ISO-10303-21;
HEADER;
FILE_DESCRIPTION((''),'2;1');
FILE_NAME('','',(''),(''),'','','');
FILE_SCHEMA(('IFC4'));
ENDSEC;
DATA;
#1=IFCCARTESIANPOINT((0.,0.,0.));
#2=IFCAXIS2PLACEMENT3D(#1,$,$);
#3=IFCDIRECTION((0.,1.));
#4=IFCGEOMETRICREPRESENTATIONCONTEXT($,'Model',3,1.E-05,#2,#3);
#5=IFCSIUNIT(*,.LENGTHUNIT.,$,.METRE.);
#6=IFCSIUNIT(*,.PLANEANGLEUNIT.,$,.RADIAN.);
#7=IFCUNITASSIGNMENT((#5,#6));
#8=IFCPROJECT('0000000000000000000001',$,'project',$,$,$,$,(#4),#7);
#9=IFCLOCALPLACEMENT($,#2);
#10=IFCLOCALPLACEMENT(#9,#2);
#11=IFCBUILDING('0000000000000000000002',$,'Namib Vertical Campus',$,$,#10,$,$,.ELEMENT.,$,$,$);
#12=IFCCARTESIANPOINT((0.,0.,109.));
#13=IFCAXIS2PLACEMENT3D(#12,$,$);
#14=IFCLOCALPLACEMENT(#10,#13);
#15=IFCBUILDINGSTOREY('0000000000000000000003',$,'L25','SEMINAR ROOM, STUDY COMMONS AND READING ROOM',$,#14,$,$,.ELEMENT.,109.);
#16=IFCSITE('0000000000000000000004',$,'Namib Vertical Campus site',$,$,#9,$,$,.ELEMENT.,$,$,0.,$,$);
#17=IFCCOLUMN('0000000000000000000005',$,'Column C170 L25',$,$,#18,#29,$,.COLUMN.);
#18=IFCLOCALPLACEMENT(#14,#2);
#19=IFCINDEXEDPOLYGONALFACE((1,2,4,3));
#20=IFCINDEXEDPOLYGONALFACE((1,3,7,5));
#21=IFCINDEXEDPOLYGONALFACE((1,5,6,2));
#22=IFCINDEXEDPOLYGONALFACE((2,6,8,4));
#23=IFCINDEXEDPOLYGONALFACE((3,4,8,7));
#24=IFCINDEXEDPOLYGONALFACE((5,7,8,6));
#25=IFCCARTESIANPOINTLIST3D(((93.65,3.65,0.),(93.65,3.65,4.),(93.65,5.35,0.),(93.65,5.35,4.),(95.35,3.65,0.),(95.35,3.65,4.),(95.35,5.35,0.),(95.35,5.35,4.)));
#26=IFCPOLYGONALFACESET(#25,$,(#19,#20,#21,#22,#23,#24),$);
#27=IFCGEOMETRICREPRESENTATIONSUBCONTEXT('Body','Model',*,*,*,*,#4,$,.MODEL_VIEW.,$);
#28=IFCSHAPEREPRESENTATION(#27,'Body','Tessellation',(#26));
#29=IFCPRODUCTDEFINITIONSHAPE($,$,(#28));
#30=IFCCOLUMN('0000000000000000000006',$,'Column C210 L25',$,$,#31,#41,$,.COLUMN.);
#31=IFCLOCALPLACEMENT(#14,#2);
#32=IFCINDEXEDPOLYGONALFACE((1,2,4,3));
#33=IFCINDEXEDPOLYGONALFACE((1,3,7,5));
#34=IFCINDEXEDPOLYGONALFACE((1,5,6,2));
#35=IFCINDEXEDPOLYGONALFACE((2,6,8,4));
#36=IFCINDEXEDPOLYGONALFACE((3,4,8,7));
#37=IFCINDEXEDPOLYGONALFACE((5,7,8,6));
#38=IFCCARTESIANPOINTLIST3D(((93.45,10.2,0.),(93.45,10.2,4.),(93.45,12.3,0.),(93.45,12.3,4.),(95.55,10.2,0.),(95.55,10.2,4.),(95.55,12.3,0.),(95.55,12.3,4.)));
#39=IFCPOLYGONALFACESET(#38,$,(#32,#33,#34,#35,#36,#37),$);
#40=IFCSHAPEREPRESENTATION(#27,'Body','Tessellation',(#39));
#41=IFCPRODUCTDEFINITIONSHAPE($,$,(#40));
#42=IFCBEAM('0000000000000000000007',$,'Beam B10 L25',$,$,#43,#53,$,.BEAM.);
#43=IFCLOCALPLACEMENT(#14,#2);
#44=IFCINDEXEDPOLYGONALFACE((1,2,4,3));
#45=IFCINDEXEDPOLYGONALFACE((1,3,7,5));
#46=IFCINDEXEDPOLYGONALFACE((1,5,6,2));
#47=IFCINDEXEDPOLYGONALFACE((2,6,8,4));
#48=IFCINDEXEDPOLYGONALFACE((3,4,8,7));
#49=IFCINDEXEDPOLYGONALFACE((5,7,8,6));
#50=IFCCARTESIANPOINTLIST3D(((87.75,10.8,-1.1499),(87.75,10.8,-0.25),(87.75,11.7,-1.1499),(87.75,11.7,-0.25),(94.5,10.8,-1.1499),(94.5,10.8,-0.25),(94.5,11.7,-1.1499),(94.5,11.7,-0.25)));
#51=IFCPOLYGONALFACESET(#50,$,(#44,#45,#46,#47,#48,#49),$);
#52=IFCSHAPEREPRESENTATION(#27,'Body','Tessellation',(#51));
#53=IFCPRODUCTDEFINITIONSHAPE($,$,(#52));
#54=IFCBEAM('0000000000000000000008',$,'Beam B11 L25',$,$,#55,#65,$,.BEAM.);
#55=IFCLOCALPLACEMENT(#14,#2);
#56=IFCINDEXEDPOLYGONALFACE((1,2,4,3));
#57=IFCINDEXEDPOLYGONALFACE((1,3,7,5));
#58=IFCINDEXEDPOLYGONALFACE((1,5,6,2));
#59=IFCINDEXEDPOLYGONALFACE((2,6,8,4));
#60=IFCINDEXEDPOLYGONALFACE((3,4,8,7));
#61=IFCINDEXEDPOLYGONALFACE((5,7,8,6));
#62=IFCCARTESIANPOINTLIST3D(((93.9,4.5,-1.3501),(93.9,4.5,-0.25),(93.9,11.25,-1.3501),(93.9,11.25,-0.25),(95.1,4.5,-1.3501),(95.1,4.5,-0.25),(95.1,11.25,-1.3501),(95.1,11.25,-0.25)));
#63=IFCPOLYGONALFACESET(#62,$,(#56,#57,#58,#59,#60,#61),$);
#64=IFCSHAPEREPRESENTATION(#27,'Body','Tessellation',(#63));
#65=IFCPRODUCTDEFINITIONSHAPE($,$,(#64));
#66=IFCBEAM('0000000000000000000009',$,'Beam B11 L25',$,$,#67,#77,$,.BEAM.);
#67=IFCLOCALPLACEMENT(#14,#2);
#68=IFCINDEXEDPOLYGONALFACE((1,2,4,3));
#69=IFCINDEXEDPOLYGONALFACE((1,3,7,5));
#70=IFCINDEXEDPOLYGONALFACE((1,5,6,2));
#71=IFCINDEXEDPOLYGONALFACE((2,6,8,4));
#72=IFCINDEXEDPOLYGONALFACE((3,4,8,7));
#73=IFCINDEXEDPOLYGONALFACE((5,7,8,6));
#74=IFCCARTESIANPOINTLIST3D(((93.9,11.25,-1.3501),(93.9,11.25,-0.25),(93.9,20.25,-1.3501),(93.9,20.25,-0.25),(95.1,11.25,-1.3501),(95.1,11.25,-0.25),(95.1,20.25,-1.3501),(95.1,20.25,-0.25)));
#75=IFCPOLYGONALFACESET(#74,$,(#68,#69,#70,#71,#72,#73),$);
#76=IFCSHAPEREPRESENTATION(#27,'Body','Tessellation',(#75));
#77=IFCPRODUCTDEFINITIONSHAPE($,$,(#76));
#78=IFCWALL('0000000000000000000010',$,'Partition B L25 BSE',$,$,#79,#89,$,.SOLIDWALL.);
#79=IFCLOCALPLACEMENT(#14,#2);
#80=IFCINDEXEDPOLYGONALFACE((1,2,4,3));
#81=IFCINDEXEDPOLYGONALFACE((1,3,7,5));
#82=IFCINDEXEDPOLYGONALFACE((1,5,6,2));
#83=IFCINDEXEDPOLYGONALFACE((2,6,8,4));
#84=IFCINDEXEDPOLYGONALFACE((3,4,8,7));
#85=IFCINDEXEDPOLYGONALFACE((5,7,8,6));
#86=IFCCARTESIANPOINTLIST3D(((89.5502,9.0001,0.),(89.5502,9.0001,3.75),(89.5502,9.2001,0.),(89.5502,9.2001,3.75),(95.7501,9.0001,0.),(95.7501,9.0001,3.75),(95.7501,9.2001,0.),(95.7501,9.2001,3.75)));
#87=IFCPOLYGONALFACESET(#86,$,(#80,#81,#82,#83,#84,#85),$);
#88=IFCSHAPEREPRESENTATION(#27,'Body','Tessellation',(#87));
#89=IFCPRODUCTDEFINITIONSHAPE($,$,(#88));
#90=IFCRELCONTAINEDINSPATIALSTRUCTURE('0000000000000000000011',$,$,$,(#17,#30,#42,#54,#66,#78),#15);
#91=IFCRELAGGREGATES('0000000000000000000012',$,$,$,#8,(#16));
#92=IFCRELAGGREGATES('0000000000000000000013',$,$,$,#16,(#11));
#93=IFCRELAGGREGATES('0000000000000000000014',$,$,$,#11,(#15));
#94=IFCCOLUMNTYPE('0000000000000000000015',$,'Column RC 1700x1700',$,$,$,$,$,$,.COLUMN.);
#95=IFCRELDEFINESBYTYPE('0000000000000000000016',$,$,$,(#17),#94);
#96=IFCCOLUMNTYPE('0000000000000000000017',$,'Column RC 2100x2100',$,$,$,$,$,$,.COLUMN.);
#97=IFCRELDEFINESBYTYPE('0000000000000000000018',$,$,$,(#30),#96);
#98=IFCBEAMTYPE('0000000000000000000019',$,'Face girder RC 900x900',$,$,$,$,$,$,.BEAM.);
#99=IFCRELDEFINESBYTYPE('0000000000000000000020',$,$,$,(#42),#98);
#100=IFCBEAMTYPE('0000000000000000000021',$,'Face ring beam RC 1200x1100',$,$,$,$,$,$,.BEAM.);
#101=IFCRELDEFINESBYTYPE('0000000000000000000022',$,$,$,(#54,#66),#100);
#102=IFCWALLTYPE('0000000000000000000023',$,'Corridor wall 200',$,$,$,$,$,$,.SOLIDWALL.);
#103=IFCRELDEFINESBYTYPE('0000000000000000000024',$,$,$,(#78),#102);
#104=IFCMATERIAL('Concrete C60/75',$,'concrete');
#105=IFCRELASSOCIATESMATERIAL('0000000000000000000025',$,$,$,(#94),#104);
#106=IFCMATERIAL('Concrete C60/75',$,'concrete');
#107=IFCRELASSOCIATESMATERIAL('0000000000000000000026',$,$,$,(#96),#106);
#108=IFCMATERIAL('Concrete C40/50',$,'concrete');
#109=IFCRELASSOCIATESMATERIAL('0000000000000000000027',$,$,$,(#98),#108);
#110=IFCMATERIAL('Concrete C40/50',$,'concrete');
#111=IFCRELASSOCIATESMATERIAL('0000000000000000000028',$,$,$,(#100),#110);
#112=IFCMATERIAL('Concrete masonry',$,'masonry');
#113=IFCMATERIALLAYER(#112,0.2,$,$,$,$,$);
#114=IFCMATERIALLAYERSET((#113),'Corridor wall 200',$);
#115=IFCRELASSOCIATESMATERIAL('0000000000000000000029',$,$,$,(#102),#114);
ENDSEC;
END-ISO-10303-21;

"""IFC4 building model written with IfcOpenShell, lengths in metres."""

from ifc_helpers import new_model, si_unit, direction, frame, frame_2d, origin, origin_2d, place, context, subcontext, project, spatial, rectangle, extrude, material, layer, layer_set, material_profile, profile_set, type_object, element, save


model = new_model("IFC4")

# Units and contexts
model_context = context("Model", 3, precision=1e-05, world=origin(), true_north=direction((0.0, 1.0)))
body_context = subcontext(model_context, "Body", "Model", "MODEL_VIEW")
ifc_project = project(units=[si_unit("LENGTHUNIT", "METRE"), si_unit("PLANEANGLEUNIT", "RADIAN")], contexts=[model_context])

# Site, building, storey
site_placement = place(None, origin())
site = spatial("IfcSite", under=ifc_project, at=site_placement, Name="Namib Vertical Campus site", CompositionType="ELEMENT", RefElevation=0.0)
building_placement = place(site_placement, origin())
building = spatial("IfcBuilding", under=site, at=building_placement, Name="Namib Vertical Campus", CompositionType="ELEMENT")
storey_placement = place(building_placement, frame((0.0, 0.0, 109.0)))
storey = spatial("IfcBuildingStorey", under=building, at=storey_placement, Name="L25", Description="SEMINAR ROOM, STUDY COMMONS AND READING ROOM", CompositionType="ELEMENT", Elevation=109.0)

# Columns
ifc_material_1 = material(Name="Concrete C60/75", Category="concrete")
ifc_material_profile_1 = material_profile(ifc_material_1, rectangle(XDim=1.7, YDim=1.7, at=origin_2d()))
ifc_profile_set_1 = profile_set([ifc_material_profile_1], Name="Concrete C60/75")
column_type_1 = type_object("IfcColumnType", Name="Column RC 1700x1700", PredefinedType="COLUMN", material=ifc_profile_set_1)
column_1_placement = place(storey_placement, frame((94.5, 4.5, 0.0), z_axis=(0.0, 0.0, 1.0), x_axis=(1.0, 0.0, 0.0)))
element("IfcColumn", 1, at=column_1_placement, inside=storey, type_object=column_type_1, Name="Column C170 L25", PredefinedType="COLUMN", context=body_context, shape_type="SweptSolid", body=[
    extrude(rectangle(XDim=1.7, YDim=1.7, at=origin_2d()), origin(), (0.0, 0.0, 1.0), 4.0),
])
ifc_material_2 = material(Name="Concrete C60/75", Category="concrete")
ifc_material_profile_2 = material_profile(ifc_material_2, rectangle(XDim=2.1001, YDim=2.1001, at=origin_2d()))
ifc_profile_set_2 = profile_set([ifc_material_profile_2], Name="Concrete C60/75")
column_type_2 = type_object("IfcColumnType", Name="Column RC 2100x2100", PredefinedType="COLUMN", material=ifc_profile_set_2)
column_2_placement = place(storey_placement, frame((94.5, 11.25, 0.0), z_axis=(0.0, 0.0, 1.0), x_axis=(1.0, 0.0, 0.0)))
element("IfcColumn", 2, at=column_2_placement, inside=storey, type_object=column_type_2, Name="Column C210 L25", PredefinedType="COLUMN", context=body_context, shape_type="SweptSolid", body=[
    extrude(rectangle(XDim=2.1001, YDim=2.1001, at=origin_2d()), origin(), (0.0, 0.0, 1.0), 4.0),
])

# Beams
ifc_material_3 = material(Name="Concrete C40/50", Category="concrete")
ifc_material_profile_3 = material_profile(ifc_material_3, rectangle(XDim=0.8999, YDim=0.8999, at=origin_2d()))
ifc_profile_set_3 = profile_set([ifc_material_profile_3], Name="Concrete C40/50")
beam_type_1 = type_object("IfcBeamType", Name="Face girder RC 900x900", PredefinedType="BEAM", material=ifc_profile_set_3)
beam_1_placement = place(storey_placement, frame((94.5, 11.25, -0.7), z_axis=(-1.0, 0.0, 0.0), x_axis=(0.0, -1.0, 0.0)))
element("IfcBeam", 3, at=beam_1_placement, inside=storey, type_object=beam_type_1, Name="Beam B10 L25", PredefinedType="BEAM", context=body_context, shape_type="SweptSolid", body=[
    extrude(rectangle(XDim=0.8999, YDim=0.8999, at=origin_2d()), origin(), (0.0, 0.0, 1.0), 6.75),
])
ifc_material_4 = material(Name="Concrete C40/50", Category="concrete")
ifc_material_profile_4 = material_profile(ifc_material_4, rectangle(XDim=1.2, YDim=1.1001, at=origin_2d()))
ifc_profile_set_4 = profile_set([ifc_material_profile_4], Name="Concrete C40/50")
beam_type_2 = type_object("IfcBeamType", Name="Face ring beam RC 1200x1100", PredefinedType="BEAM", material=ifc_profile_set_4)
beam_2_placement = place(storey_placement, frame((94.5, 4.5, -0.8), z_axis=(0.0, 1.0, 0.0), x_axis=(-1.0, 0.0, 0.0)))
element("IfcBeam", 4, at=beam_2_placement, inside=storey, type_object=beam_type_2, Name="Beam B11 L25", PredefinedType="BEAM", context=body_context, shape_type="SweptSolid", body=[
    extrude(rectangle(XDim=1.2, YDim=1.1001, at=origin_2d()), origin(), (0.0, 0.0, 1.0), 6.75),
])
beam_3_placement = place(storey_placement, frame((94.5, 11.25, -0.8), z_axis=(0.0, 1.0, 0.0), x_axis=(-1.0, 0.0, 0.0)))
element("IfcBeam", 5, at=beam_3_placement, inside=storey, type_object=beam_type_2, Name="Beam B11 L25", PredefinedType="BEAM", context=body_context, shape_type="SweptSolid", body=[
    extrude(rectangle(XDim=1.2, YDim=1.1001, at=origin_2d()), origin(), (0.0, 0.0, 1.0), 9.0),
])

# Wall
ifc_material_5 = material(Name="Concrete masonry", Category="masonry")
ifc_layer_1 = layer(ifc_material_5, 0.2)
ifc_layer_set_1 = layer_set([ifc_layer_1], Name="Corridor wall 200")
wall_type_1 = type_object("IfcWallType", Name="Corridor wall 200", PredefinedType="SOLIDWALL", material=ifc_layer_set_1)
wall_1_placement = place(storey_placement, frame((89.55, 9.1001, 0.0), z_axis=(0.0, 0.0, 1.0), x_axis=(1.0, 0.0, 0.0)))
element("IfcWall", 6, at=wall_1_placement, inside=storey, type_object=wall_type_1, Name="Partition B L25 BSE", PredefinedType="SOLIDWALL", context=body_context, shape_type="SweptSolid", body=[
    extrude(rectangle(XDim=6.2, YDim=0.2, at=frame_2d((3.1001, 0.0))), origin(), (0.0, 0.0, 1.0), 3.75),
])

save(model, "model.ifc")
